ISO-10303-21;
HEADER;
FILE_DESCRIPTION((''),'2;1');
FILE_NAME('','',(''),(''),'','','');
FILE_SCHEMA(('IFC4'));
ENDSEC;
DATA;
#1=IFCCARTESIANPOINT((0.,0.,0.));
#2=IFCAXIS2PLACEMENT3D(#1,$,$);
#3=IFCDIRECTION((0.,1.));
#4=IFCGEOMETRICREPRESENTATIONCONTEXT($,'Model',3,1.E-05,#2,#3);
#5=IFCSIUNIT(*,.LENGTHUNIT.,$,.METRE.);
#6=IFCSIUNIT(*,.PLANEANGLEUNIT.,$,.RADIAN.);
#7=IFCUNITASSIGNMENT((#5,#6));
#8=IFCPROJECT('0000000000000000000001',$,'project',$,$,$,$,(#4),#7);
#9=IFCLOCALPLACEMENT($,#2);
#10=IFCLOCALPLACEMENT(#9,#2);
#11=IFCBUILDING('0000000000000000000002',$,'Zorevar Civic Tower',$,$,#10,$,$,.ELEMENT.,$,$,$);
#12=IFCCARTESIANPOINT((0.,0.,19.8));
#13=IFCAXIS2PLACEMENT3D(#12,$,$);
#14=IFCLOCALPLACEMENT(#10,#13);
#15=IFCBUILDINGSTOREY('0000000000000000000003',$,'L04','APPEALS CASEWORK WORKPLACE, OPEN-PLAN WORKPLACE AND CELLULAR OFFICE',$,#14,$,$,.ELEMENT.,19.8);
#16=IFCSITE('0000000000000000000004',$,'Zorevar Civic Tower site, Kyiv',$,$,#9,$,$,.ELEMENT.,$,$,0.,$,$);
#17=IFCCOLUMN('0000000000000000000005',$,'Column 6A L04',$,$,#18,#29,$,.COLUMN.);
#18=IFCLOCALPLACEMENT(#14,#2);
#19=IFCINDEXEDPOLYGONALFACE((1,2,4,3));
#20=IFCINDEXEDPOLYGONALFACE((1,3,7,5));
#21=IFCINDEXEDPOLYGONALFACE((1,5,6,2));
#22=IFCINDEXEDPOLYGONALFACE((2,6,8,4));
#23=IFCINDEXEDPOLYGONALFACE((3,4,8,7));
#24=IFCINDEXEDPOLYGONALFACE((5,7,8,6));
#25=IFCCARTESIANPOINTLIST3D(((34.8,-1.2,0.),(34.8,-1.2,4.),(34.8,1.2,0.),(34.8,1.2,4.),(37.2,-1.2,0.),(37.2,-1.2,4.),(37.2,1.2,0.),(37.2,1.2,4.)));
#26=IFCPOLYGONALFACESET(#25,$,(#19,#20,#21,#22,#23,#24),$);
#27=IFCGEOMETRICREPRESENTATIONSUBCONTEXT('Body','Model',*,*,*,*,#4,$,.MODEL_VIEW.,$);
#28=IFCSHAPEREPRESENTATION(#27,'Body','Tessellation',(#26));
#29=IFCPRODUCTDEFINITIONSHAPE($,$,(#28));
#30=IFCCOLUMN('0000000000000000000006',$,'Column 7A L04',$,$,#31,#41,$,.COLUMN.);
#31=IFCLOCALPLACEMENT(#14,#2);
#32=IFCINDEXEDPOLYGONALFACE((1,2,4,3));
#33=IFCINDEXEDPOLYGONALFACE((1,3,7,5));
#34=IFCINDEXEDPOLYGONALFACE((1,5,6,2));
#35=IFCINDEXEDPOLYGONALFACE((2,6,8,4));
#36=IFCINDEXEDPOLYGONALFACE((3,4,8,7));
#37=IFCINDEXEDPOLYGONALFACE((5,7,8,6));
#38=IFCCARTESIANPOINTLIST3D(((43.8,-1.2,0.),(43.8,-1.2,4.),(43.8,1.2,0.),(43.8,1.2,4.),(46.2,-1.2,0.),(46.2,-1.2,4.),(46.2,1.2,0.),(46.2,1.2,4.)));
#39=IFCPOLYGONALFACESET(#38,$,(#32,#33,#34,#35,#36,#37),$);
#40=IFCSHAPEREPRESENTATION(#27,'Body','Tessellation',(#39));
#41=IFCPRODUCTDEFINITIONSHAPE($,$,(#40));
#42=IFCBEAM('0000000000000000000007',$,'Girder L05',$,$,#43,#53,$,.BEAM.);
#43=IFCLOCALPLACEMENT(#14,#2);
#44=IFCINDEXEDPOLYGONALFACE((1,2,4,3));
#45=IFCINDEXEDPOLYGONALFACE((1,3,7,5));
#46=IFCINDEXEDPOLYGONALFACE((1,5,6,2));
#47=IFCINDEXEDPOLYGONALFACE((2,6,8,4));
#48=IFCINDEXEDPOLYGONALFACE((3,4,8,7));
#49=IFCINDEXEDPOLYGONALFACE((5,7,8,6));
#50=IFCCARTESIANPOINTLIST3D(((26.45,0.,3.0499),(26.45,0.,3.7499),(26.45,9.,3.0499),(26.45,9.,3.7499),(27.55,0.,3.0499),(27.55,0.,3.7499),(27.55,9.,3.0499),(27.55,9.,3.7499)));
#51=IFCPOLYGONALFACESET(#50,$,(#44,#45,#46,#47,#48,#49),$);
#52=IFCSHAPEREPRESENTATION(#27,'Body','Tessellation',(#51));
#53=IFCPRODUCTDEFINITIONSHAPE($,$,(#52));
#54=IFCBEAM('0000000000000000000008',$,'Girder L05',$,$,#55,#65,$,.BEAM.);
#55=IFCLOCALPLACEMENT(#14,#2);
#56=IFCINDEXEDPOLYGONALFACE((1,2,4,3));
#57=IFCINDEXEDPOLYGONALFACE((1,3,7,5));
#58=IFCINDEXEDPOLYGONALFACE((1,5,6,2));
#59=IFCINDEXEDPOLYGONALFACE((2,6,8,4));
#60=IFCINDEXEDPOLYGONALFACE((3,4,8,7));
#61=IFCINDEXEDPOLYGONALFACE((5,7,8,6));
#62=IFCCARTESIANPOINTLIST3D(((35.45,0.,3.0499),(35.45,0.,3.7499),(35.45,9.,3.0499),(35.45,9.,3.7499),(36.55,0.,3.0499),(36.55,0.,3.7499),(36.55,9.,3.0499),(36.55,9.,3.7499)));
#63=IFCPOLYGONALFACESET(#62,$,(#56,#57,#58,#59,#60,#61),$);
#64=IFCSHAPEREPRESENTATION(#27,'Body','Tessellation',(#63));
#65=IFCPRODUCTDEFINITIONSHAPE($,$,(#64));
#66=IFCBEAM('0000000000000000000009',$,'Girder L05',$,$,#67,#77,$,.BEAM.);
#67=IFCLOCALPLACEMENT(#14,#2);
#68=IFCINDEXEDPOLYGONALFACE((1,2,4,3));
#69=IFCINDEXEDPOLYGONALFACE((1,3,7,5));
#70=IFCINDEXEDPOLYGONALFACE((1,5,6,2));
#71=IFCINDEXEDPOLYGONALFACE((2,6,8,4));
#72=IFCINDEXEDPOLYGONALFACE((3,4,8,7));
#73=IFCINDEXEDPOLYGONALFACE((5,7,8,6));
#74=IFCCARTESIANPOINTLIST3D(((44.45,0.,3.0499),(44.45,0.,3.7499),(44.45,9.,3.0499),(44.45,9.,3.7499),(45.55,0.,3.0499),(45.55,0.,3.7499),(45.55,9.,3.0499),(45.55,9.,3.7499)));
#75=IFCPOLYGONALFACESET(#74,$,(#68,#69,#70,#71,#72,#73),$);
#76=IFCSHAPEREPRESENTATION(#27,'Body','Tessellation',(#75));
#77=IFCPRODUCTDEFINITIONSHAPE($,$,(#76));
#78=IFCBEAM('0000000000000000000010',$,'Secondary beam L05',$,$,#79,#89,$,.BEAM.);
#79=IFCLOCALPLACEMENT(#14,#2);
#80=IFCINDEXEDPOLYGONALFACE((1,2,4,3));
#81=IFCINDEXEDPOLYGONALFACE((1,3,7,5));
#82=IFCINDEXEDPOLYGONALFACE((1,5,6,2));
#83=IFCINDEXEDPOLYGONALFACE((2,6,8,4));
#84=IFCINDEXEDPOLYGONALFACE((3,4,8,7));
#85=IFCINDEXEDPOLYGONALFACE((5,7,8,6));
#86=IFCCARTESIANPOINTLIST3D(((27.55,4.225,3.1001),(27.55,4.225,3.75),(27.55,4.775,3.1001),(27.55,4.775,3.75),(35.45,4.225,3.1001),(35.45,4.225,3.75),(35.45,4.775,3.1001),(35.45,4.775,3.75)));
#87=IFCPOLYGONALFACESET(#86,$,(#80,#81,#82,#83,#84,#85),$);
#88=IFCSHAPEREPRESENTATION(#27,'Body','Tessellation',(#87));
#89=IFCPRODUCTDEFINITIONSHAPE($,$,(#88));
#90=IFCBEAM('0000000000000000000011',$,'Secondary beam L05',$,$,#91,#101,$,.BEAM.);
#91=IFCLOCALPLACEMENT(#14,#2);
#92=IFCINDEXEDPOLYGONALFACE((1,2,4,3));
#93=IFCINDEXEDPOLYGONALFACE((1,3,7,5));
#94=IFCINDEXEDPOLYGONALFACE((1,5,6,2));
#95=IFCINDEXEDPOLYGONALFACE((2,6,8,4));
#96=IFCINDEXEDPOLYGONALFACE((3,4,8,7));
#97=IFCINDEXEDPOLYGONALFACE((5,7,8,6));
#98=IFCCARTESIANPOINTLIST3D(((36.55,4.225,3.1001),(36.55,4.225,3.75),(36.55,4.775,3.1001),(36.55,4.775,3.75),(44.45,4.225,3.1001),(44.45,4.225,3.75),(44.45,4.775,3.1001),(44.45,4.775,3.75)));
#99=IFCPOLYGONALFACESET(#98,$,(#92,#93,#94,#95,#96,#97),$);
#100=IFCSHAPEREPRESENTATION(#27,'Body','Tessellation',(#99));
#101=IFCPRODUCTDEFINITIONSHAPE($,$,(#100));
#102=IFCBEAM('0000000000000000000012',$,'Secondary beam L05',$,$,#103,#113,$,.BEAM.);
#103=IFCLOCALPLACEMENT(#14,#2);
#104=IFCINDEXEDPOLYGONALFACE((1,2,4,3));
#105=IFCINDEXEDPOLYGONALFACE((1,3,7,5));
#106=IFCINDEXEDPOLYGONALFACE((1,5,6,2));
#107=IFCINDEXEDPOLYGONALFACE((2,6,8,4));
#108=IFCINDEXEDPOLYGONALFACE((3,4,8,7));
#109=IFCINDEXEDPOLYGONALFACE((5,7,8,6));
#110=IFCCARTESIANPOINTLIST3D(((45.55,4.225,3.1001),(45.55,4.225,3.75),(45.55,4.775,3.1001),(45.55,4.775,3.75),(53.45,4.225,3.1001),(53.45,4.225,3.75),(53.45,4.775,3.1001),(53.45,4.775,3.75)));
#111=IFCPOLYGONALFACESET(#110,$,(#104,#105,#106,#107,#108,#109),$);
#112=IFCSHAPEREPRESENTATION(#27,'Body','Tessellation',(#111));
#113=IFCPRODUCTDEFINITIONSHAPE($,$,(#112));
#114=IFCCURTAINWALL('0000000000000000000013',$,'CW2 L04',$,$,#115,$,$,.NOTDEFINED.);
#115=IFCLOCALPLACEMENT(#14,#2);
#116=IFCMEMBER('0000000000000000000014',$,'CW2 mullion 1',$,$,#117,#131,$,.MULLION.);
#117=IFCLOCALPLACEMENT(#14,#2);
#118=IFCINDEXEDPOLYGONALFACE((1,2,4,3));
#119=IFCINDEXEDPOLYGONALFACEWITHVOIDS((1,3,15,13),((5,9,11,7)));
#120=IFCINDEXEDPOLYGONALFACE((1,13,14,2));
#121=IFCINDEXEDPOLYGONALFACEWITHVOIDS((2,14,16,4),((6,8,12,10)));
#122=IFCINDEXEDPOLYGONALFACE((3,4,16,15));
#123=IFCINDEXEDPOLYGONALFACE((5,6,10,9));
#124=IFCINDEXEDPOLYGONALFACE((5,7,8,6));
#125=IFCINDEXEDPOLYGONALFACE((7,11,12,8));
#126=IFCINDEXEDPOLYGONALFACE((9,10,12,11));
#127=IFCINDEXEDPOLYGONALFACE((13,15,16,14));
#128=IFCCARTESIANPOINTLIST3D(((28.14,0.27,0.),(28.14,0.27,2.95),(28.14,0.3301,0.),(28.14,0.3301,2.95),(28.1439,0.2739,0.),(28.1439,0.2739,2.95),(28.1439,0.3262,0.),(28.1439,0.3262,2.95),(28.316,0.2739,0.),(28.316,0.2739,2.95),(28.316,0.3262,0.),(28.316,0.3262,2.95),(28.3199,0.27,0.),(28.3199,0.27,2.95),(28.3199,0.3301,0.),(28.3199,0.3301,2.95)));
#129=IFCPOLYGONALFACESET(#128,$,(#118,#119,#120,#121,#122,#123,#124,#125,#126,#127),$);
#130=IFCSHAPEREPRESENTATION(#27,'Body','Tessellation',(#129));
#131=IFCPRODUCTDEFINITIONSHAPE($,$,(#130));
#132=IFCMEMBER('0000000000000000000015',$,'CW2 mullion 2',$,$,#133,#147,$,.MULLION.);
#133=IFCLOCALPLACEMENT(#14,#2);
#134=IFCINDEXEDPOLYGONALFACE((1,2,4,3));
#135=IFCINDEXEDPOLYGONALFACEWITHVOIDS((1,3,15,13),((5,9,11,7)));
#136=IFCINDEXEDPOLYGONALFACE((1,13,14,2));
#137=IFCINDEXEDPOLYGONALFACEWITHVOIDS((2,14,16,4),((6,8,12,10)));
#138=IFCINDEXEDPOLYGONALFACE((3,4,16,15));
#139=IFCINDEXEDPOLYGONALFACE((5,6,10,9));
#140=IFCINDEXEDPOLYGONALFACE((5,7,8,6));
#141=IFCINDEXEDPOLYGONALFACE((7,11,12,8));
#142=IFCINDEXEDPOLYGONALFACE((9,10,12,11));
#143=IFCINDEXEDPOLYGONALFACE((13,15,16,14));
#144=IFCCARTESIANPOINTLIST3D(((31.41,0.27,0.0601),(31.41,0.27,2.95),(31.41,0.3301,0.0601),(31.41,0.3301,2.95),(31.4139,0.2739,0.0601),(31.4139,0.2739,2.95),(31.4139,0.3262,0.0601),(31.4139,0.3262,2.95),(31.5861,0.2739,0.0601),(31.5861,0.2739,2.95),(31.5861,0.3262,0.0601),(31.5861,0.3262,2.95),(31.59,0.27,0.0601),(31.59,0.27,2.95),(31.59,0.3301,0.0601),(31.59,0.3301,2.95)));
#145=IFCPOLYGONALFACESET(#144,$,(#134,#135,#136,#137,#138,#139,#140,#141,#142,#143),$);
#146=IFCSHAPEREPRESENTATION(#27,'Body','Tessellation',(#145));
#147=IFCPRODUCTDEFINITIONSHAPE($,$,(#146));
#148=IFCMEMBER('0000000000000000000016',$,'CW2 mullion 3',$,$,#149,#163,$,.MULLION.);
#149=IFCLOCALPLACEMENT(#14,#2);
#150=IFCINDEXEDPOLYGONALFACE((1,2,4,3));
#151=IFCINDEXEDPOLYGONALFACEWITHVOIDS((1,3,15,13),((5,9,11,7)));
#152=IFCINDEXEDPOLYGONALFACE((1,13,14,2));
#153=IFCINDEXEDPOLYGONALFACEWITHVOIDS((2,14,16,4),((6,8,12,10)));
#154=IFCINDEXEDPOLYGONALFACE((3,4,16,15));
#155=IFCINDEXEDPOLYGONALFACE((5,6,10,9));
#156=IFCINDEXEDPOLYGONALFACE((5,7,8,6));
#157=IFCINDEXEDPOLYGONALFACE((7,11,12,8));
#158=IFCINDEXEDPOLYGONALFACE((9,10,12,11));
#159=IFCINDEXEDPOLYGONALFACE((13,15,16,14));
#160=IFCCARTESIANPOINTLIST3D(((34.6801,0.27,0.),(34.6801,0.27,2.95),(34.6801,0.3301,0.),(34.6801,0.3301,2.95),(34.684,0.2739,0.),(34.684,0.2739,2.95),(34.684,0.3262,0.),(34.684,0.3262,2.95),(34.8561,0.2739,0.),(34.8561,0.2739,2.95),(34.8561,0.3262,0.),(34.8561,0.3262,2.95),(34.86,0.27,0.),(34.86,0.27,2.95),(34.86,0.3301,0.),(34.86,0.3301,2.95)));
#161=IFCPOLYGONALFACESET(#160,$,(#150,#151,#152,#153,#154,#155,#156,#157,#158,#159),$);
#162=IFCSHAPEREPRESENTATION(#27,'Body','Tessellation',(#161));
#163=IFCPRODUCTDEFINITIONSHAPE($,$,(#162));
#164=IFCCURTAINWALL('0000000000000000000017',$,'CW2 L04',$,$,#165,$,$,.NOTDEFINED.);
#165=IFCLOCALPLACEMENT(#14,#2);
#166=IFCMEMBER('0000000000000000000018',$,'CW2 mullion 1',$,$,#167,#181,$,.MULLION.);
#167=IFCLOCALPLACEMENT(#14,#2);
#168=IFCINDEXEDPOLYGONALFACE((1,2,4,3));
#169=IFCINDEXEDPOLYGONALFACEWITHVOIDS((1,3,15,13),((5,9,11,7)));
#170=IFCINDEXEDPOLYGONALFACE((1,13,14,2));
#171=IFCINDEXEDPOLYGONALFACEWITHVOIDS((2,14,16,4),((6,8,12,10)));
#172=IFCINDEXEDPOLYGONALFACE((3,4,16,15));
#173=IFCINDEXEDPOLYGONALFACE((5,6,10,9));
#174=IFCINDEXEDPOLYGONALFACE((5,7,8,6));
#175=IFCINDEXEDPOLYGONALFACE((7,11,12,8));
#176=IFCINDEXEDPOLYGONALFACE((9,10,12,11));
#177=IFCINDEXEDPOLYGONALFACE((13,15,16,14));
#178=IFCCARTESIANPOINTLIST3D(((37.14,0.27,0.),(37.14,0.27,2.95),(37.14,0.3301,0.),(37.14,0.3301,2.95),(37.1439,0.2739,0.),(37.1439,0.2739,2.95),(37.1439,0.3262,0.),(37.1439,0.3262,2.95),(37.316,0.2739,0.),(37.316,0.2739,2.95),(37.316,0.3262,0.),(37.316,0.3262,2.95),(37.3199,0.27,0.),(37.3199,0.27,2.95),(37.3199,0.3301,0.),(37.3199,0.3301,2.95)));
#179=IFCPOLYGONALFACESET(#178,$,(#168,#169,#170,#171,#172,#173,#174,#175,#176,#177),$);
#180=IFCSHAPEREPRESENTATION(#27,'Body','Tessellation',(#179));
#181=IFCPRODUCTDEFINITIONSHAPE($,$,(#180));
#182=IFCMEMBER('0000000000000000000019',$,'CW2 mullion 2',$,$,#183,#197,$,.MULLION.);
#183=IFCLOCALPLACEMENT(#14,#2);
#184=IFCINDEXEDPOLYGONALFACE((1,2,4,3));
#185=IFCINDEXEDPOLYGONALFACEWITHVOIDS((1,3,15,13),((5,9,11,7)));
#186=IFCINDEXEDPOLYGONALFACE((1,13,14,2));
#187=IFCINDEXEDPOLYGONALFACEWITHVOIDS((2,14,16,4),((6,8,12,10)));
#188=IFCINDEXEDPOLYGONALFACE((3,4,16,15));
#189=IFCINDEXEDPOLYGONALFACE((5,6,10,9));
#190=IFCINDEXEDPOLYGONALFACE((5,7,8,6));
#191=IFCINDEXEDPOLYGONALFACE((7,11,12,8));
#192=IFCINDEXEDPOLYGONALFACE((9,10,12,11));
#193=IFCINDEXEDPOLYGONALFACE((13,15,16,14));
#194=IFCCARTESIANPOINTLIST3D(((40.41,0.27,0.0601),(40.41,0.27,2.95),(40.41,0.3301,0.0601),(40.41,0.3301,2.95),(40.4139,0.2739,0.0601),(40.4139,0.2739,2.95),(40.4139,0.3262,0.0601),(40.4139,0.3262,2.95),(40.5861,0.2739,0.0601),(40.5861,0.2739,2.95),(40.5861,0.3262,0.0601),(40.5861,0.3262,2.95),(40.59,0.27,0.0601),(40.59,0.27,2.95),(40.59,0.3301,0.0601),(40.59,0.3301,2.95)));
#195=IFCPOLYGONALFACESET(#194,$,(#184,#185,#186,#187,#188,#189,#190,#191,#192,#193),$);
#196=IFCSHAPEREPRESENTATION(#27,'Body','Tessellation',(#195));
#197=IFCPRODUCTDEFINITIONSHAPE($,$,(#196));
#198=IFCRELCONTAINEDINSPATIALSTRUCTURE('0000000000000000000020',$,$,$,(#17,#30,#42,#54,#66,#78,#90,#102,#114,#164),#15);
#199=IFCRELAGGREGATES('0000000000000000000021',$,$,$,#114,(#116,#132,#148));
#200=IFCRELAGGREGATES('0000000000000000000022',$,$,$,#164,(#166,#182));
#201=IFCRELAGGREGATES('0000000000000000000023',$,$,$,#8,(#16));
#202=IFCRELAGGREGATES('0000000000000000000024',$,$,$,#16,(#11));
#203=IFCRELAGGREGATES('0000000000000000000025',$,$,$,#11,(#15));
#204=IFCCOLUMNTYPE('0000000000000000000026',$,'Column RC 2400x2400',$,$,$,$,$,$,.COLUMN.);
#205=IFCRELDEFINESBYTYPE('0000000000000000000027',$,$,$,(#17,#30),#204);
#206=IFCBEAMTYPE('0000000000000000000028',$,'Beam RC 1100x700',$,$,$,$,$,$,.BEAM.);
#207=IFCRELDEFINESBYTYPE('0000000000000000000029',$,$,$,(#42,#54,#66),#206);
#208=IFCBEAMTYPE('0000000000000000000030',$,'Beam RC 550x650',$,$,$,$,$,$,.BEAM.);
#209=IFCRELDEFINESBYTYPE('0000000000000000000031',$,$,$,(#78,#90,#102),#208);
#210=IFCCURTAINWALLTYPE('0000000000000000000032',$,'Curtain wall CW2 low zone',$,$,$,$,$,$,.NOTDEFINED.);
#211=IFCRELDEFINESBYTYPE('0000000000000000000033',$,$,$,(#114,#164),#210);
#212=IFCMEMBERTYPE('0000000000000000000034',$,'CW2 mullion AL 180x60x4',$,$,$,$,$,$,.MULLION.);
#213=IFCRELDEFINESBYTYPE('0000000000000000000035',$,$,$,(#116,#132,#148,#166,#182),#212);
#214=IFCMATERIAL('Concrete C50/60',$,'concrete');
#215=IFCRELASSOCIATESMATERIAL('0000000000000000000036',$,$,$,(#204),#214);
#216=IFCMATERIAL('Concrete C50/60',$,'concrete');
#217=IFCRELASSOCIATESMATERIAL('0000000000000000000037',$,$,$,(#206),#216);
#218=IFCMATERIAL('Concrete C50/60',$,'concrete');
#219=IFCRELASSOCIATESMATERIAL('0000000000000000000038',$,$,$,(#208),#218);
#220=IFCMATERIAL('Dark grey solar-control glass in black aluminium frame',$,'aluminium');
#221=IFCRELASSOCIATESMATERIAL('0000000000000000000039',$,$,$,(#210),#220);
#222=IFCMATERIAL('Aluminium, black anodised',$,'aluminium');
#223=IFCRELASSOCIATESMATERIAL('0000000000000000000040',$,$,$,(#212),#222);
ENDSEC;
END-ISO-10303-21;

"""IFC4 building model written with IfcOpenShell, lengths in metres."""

from ifc_helpers import new_model, si_unit, direction, frame, origin, origin_2d, place, context, subcontext, project, spatial, rectangle, hollow_rectangle, extrude, material, material_profile, profile_set, type_object, element, aggregate, save


model = new_model("IFC4")

# Units and contexts
model_context = context("Model", 3, precision=1e-05, world=origin(), true_north=direction((0.0, 1.0)))
body_context = subcontext(model_context, "Body", "Model", "MODEL_VIEW")
ifc_project = project(units=[si_unit("LENGTHUNIT", "METRE"), si_unit("PLANEANGLEUNIT", "RADIAN")], contexts=[model_context])

# Site, building, storey
site_placement = place(None, origin())
site = spatial("IfcSite", under=ifc_project, at=site_placement, Name="Zorevar Civic Tower site, Kyiv", CompositionType="ELEMENT", RefElevation=0.0)
building_placement = place(site_placement, origin())
building = spatial("IfcBuilding", under=site, at=building_placement, Name="Zorevar Civic Tower", CompositionType="ELEMENT")
storey_placement = place(building_placement, frame((0.0, 0.0, 19.8)))
storey = spatial("IfcBuildingStorey", under=building, at=storey_placement, Name="L04", Description="APPEALS CASEWORK WORKPLACE, OPEN-PLAN WORKPLACE AND CELLULAR OFFICE", CompositionType="ELEMENT", Elevation=19.8)

# Columns
ifc_material_1 = material(Name="Concrete C50/60", Category="concrete")
ifc_material_profile_1 = material_profile(ifc_material_1, rectangle(XDim=2.3999, YDim=2.3999, at=origin_2d()), Name="RC 2400x2400")
ifc_profile_set_1 = profile_set([ifc_material_profile_1], Name="Concrete C50/60")
column_type = type_object("IfcColumnType", Name="Column RC 2400x2400", PredefinedType="COLUMN", material=ifc_profile_set_1)
for number, where, z_axis, x_axis, name in (
    (1, (36.0, 0.0, 0.0), (0.0, 0.0, 1.0), (1.0, 0.0, 0.0), "Column 6A L04"),
    (2, (45.0, 0.0, 0.0), (0.0, 0.0, 1.0), (1.0, 0.0, 0.0), "Column 7A L04"),
):
    element("IfcColumn", number, at=place(storey_placement, frame(where, z_axis=z_axis, x_axis=x_axis)), inside=storey, type_object=column_type, Name=name, PredefinedType="COLUMN", context=body_context, shape_type="SweptSolid", body=[
        extrude(rectangle(XDim=2.3999, YDim=2.3999, at=origin_2d()), origin(), (0.0, 0.0, 1.0), 4.0),
    ])

# Beams
ifc_material_2 = material(Name="Concrete C50/60", Category="concrete")
ifc_material_profile_2 = material_profile(ifc_material_2, rectangle(XDim=1.1001, YDim=0.7, at=origin_2d()), Name="RC 1100x700")
ifc_profile_set_2 = profile_set([ifc_material_profile_2], Name="Concrete C50/60")
beam_type_1 = type_object("IfcBeamType", Name="Beam RC 1100x700", PredefinedType="BEAM", material=ifc_profile_set_2)
for number, where, z_axis, x_axis, name in (
    (3, (27.0, 0.0, 3.3999), (0.0, 1.0, 0.0), (-1.0, 0.0, 0.0), "Girder L05"),
    (4, (36.0, 0.0, 3.3999), (0.0, 1.0, 0.0), (-1.0, 0.0, 0.0), "Girder L05"),
    (5, (45.0, 0.0, 3.3999), (0.0, 1.0, 0.0), (-1.0, 0.0, 0.0), "Girder L05"),
):
    element("IfcBeam", number, at=place(storey_placement, frame(where, z_axis=z_axis, x_axis=x_axis)), inside=storey, type_object=beam_type_1, Name=name, PredefinedType="BEAM", context=body_context, shape_type="SweptSolid", body=[
        extrude(rectangle(XDim=1.1001, YDim=0.7, at=origin_2d()), origin(), (0.0, 0.0, 1.0), 9.0),
    ])
ifc_material_3 = material(Name="Concrete C50/60", Category="concrete")
ifc_material_profile_3 = material_profile(ifc_material_3, rectangle(XDim=0.55, YDim=0.6499, at=origin_2d()), Name="RC 550x650")
ifc_profile_set_3 = profile_set([ifc_material_profile_3], Name="Concrete C50/60")
beam_type_2 = type_object("IfcBeamType", Name="Beam RC 550x650", PredefinedType="BEAM", material=ifc_profile_set_3)
for number, where, z_axis, x_axis, name in (
    (6, (27.55, 4.5, 3.425), (1.0, 0.0, 0.0), (0.0, 1.0, 0.0), "Secondary beam L05"),
    (7, (36.55, 4.5, 3.425), (1.0, 0.0, 0.0), (0.0, 1.0, 0.0), "Secondary beam L05"),
    (8, (45.55, 4.5, 3.425), (1.0, 0.0, 0.0), (0.0, 1.0, 0.0), "Secondary beam L05"),
):
    element("IfcBeam", number, at=place(storey_placement, frame(where, z_axis=z_axis, x_axis=x_axis)), inside=storey, type_object=beam_type_2, Name=name, PredefinedType="BEAM", context=body_context, shape_type="SweptSolid", body=[
        extrude(rectangle(XDim=0.55, YDim=0.6499, at=origin_2d()), origin(), (0.0, 0.0, 1.0), 7.8999),
    ])

# Curtain walls, members
ifc_material_4 = material(Name="Dark grey solar-control glass in black aluminium frame", Category="aluminium")
curtain_wall_type = type_object("IfcCurtainWallType", Name="Curtain wall CW2 low zone", PredefinedType="NOTDEFINED", material=ifc_material_4)
curtain_wall_1_placement = place(storey_placement, origin())
curtain_wall_1 = element("IfcCurtainWall", 9, at=curtain_wall_1_placement, inside=storey, type_object=curtain_wall_type, Name="CW2 L04", PredefinedType="NOTDEFINED")
ifc_material_5 = material(Name="Aluminium, black anodised", Category="aluminium")
ifc_material_profile_4 = material_profile(ifc_material_5, hollow_rectangle(XDim=0.0601, YDim=0.1799, WallThickness=0.0039, at=origin_2d()), Name="AL 180x60x4")
ifc_profile_set_4 = profile_set([ifc_material_profile_4], Name="Aluminium, black anodised")
member_type_1 = type_object("IfcMemberType", Name="CW2 mullion AL 180x60x4", PredefinedType="MULLION", material=ifc_profile_set_4)
member_1_placement = place(storey_placement, frame((28.23, 0.3, 0.0), z_axis=(0.0, 0.0, 1.0), x_axis=(0.0, 1.0, 0.0)))
member_1 = element("IfcMember", 10, at=member_1_placement, type_object=member_type_1, Name="CW2 mullion 1", PredefinedType="MULLION", context=body_context, shape_type="SweptSolid", body=[
    extrude(hollow_rectangle(XDim=0.0601, YDim=0.1799, WallThickness=0.0039, at=origin_2d()), origin(), (0.0, 0.0, 1.0), 2.95),
])
member_2_placement = place(storey_placement, frame((31.5, 0.3, 0.0601), z_axis=(0.0, 0.0, 1.0), x_axis=(0.0, 1.0, 0.0)))
member_2 = element("IfcMember", 11, at=member_2_placement, type_object=member_type_1, Name="CW2 mullion 2", PredefinedType="MULLION", context=body_context, shape_type="SweptSolid", body=[
    extrude(hollow_rectangle(XDim=0.0601, YDim=0.1799, WallThickness=0.0039, at=origin_2d()), origin(), (0.0, 0.0, 1.0), 2.8899),
])
member_3_placement = place(storey_placement, frame((34.77, 0.3, 0.0), z_axis=(0.0, 0.0, 1.0), x_axis=(0.0, 1.0, 0.0)))
member_3 = element("IfcMember", 12, at=member_3_placement, type_object=member_type_1, Name="CW2 mullion 3", PredefinedType="MULLION", context=body_context, shape_type="SweptSolid", body=[
    extrude(hollow_rectangle(XDim=0.0601, YDim=0.1799, WallThickness=0.0039, at=origin_2d()), origin(), (0.0, 0.0, 1.0), 2.95),
])
curtain_wall_2_placement = place(storey_placement, origin())
curtain_wall_2 = element("IfcCurtainWall", 13, at=curtain_wall_2_placement, inside=storey, type_object=curtain_wall_type, Name="CW2 L04", PredefinedType="NOTDEFINED")
member_4_placement = place(storey_placement, frame((37.23, 0.3, 0.0), z_axis=(0.0, 0.0, 1.0), x_axis=(0.0, 1.0, 0.0)))
member_4 = element("IfcMember", 14, at=member_4_placement, type_object=member_type_1, Name="CW2 mullion 1", PredefinedType="MULLION", context=body_context, shape_type="SweptSolid", body=[
    extrude(hollow_rectangle(XDim=0.0601, YDim=0.1799, WallThickness=0.0039, at=origin_2d()), origin(), (0.0, 0.0, 1.0), 2.95),
])
member_5_placement = place(storey_placement, frame((40.5, 0.3, 0.0601), z_axis=(0.0, 0.0, 1.0), x_axis=(0.0, 1.0, 0.0)))
member_5 = element("IfcMember", 15, at=member_5_placement, type_object=member_type_1, Name="CW2 mullion 2", PredefinedType="MULLION", context=body_context, shape_type="SweptSolid", body=[
    extrude(hollow_rectangle(XDim=0.0601, YDim=0.1799, WallThickness=0.0039, at=origin_2d()), origin(), (0.0, 0.0, 1.0), 2.8899),
])

aggregate(curtain_wall_1, [member_1, member_2, member_3])
aggregate(curtain_wall_2, [member_4, member_5])

save(model, "model.ifc")
